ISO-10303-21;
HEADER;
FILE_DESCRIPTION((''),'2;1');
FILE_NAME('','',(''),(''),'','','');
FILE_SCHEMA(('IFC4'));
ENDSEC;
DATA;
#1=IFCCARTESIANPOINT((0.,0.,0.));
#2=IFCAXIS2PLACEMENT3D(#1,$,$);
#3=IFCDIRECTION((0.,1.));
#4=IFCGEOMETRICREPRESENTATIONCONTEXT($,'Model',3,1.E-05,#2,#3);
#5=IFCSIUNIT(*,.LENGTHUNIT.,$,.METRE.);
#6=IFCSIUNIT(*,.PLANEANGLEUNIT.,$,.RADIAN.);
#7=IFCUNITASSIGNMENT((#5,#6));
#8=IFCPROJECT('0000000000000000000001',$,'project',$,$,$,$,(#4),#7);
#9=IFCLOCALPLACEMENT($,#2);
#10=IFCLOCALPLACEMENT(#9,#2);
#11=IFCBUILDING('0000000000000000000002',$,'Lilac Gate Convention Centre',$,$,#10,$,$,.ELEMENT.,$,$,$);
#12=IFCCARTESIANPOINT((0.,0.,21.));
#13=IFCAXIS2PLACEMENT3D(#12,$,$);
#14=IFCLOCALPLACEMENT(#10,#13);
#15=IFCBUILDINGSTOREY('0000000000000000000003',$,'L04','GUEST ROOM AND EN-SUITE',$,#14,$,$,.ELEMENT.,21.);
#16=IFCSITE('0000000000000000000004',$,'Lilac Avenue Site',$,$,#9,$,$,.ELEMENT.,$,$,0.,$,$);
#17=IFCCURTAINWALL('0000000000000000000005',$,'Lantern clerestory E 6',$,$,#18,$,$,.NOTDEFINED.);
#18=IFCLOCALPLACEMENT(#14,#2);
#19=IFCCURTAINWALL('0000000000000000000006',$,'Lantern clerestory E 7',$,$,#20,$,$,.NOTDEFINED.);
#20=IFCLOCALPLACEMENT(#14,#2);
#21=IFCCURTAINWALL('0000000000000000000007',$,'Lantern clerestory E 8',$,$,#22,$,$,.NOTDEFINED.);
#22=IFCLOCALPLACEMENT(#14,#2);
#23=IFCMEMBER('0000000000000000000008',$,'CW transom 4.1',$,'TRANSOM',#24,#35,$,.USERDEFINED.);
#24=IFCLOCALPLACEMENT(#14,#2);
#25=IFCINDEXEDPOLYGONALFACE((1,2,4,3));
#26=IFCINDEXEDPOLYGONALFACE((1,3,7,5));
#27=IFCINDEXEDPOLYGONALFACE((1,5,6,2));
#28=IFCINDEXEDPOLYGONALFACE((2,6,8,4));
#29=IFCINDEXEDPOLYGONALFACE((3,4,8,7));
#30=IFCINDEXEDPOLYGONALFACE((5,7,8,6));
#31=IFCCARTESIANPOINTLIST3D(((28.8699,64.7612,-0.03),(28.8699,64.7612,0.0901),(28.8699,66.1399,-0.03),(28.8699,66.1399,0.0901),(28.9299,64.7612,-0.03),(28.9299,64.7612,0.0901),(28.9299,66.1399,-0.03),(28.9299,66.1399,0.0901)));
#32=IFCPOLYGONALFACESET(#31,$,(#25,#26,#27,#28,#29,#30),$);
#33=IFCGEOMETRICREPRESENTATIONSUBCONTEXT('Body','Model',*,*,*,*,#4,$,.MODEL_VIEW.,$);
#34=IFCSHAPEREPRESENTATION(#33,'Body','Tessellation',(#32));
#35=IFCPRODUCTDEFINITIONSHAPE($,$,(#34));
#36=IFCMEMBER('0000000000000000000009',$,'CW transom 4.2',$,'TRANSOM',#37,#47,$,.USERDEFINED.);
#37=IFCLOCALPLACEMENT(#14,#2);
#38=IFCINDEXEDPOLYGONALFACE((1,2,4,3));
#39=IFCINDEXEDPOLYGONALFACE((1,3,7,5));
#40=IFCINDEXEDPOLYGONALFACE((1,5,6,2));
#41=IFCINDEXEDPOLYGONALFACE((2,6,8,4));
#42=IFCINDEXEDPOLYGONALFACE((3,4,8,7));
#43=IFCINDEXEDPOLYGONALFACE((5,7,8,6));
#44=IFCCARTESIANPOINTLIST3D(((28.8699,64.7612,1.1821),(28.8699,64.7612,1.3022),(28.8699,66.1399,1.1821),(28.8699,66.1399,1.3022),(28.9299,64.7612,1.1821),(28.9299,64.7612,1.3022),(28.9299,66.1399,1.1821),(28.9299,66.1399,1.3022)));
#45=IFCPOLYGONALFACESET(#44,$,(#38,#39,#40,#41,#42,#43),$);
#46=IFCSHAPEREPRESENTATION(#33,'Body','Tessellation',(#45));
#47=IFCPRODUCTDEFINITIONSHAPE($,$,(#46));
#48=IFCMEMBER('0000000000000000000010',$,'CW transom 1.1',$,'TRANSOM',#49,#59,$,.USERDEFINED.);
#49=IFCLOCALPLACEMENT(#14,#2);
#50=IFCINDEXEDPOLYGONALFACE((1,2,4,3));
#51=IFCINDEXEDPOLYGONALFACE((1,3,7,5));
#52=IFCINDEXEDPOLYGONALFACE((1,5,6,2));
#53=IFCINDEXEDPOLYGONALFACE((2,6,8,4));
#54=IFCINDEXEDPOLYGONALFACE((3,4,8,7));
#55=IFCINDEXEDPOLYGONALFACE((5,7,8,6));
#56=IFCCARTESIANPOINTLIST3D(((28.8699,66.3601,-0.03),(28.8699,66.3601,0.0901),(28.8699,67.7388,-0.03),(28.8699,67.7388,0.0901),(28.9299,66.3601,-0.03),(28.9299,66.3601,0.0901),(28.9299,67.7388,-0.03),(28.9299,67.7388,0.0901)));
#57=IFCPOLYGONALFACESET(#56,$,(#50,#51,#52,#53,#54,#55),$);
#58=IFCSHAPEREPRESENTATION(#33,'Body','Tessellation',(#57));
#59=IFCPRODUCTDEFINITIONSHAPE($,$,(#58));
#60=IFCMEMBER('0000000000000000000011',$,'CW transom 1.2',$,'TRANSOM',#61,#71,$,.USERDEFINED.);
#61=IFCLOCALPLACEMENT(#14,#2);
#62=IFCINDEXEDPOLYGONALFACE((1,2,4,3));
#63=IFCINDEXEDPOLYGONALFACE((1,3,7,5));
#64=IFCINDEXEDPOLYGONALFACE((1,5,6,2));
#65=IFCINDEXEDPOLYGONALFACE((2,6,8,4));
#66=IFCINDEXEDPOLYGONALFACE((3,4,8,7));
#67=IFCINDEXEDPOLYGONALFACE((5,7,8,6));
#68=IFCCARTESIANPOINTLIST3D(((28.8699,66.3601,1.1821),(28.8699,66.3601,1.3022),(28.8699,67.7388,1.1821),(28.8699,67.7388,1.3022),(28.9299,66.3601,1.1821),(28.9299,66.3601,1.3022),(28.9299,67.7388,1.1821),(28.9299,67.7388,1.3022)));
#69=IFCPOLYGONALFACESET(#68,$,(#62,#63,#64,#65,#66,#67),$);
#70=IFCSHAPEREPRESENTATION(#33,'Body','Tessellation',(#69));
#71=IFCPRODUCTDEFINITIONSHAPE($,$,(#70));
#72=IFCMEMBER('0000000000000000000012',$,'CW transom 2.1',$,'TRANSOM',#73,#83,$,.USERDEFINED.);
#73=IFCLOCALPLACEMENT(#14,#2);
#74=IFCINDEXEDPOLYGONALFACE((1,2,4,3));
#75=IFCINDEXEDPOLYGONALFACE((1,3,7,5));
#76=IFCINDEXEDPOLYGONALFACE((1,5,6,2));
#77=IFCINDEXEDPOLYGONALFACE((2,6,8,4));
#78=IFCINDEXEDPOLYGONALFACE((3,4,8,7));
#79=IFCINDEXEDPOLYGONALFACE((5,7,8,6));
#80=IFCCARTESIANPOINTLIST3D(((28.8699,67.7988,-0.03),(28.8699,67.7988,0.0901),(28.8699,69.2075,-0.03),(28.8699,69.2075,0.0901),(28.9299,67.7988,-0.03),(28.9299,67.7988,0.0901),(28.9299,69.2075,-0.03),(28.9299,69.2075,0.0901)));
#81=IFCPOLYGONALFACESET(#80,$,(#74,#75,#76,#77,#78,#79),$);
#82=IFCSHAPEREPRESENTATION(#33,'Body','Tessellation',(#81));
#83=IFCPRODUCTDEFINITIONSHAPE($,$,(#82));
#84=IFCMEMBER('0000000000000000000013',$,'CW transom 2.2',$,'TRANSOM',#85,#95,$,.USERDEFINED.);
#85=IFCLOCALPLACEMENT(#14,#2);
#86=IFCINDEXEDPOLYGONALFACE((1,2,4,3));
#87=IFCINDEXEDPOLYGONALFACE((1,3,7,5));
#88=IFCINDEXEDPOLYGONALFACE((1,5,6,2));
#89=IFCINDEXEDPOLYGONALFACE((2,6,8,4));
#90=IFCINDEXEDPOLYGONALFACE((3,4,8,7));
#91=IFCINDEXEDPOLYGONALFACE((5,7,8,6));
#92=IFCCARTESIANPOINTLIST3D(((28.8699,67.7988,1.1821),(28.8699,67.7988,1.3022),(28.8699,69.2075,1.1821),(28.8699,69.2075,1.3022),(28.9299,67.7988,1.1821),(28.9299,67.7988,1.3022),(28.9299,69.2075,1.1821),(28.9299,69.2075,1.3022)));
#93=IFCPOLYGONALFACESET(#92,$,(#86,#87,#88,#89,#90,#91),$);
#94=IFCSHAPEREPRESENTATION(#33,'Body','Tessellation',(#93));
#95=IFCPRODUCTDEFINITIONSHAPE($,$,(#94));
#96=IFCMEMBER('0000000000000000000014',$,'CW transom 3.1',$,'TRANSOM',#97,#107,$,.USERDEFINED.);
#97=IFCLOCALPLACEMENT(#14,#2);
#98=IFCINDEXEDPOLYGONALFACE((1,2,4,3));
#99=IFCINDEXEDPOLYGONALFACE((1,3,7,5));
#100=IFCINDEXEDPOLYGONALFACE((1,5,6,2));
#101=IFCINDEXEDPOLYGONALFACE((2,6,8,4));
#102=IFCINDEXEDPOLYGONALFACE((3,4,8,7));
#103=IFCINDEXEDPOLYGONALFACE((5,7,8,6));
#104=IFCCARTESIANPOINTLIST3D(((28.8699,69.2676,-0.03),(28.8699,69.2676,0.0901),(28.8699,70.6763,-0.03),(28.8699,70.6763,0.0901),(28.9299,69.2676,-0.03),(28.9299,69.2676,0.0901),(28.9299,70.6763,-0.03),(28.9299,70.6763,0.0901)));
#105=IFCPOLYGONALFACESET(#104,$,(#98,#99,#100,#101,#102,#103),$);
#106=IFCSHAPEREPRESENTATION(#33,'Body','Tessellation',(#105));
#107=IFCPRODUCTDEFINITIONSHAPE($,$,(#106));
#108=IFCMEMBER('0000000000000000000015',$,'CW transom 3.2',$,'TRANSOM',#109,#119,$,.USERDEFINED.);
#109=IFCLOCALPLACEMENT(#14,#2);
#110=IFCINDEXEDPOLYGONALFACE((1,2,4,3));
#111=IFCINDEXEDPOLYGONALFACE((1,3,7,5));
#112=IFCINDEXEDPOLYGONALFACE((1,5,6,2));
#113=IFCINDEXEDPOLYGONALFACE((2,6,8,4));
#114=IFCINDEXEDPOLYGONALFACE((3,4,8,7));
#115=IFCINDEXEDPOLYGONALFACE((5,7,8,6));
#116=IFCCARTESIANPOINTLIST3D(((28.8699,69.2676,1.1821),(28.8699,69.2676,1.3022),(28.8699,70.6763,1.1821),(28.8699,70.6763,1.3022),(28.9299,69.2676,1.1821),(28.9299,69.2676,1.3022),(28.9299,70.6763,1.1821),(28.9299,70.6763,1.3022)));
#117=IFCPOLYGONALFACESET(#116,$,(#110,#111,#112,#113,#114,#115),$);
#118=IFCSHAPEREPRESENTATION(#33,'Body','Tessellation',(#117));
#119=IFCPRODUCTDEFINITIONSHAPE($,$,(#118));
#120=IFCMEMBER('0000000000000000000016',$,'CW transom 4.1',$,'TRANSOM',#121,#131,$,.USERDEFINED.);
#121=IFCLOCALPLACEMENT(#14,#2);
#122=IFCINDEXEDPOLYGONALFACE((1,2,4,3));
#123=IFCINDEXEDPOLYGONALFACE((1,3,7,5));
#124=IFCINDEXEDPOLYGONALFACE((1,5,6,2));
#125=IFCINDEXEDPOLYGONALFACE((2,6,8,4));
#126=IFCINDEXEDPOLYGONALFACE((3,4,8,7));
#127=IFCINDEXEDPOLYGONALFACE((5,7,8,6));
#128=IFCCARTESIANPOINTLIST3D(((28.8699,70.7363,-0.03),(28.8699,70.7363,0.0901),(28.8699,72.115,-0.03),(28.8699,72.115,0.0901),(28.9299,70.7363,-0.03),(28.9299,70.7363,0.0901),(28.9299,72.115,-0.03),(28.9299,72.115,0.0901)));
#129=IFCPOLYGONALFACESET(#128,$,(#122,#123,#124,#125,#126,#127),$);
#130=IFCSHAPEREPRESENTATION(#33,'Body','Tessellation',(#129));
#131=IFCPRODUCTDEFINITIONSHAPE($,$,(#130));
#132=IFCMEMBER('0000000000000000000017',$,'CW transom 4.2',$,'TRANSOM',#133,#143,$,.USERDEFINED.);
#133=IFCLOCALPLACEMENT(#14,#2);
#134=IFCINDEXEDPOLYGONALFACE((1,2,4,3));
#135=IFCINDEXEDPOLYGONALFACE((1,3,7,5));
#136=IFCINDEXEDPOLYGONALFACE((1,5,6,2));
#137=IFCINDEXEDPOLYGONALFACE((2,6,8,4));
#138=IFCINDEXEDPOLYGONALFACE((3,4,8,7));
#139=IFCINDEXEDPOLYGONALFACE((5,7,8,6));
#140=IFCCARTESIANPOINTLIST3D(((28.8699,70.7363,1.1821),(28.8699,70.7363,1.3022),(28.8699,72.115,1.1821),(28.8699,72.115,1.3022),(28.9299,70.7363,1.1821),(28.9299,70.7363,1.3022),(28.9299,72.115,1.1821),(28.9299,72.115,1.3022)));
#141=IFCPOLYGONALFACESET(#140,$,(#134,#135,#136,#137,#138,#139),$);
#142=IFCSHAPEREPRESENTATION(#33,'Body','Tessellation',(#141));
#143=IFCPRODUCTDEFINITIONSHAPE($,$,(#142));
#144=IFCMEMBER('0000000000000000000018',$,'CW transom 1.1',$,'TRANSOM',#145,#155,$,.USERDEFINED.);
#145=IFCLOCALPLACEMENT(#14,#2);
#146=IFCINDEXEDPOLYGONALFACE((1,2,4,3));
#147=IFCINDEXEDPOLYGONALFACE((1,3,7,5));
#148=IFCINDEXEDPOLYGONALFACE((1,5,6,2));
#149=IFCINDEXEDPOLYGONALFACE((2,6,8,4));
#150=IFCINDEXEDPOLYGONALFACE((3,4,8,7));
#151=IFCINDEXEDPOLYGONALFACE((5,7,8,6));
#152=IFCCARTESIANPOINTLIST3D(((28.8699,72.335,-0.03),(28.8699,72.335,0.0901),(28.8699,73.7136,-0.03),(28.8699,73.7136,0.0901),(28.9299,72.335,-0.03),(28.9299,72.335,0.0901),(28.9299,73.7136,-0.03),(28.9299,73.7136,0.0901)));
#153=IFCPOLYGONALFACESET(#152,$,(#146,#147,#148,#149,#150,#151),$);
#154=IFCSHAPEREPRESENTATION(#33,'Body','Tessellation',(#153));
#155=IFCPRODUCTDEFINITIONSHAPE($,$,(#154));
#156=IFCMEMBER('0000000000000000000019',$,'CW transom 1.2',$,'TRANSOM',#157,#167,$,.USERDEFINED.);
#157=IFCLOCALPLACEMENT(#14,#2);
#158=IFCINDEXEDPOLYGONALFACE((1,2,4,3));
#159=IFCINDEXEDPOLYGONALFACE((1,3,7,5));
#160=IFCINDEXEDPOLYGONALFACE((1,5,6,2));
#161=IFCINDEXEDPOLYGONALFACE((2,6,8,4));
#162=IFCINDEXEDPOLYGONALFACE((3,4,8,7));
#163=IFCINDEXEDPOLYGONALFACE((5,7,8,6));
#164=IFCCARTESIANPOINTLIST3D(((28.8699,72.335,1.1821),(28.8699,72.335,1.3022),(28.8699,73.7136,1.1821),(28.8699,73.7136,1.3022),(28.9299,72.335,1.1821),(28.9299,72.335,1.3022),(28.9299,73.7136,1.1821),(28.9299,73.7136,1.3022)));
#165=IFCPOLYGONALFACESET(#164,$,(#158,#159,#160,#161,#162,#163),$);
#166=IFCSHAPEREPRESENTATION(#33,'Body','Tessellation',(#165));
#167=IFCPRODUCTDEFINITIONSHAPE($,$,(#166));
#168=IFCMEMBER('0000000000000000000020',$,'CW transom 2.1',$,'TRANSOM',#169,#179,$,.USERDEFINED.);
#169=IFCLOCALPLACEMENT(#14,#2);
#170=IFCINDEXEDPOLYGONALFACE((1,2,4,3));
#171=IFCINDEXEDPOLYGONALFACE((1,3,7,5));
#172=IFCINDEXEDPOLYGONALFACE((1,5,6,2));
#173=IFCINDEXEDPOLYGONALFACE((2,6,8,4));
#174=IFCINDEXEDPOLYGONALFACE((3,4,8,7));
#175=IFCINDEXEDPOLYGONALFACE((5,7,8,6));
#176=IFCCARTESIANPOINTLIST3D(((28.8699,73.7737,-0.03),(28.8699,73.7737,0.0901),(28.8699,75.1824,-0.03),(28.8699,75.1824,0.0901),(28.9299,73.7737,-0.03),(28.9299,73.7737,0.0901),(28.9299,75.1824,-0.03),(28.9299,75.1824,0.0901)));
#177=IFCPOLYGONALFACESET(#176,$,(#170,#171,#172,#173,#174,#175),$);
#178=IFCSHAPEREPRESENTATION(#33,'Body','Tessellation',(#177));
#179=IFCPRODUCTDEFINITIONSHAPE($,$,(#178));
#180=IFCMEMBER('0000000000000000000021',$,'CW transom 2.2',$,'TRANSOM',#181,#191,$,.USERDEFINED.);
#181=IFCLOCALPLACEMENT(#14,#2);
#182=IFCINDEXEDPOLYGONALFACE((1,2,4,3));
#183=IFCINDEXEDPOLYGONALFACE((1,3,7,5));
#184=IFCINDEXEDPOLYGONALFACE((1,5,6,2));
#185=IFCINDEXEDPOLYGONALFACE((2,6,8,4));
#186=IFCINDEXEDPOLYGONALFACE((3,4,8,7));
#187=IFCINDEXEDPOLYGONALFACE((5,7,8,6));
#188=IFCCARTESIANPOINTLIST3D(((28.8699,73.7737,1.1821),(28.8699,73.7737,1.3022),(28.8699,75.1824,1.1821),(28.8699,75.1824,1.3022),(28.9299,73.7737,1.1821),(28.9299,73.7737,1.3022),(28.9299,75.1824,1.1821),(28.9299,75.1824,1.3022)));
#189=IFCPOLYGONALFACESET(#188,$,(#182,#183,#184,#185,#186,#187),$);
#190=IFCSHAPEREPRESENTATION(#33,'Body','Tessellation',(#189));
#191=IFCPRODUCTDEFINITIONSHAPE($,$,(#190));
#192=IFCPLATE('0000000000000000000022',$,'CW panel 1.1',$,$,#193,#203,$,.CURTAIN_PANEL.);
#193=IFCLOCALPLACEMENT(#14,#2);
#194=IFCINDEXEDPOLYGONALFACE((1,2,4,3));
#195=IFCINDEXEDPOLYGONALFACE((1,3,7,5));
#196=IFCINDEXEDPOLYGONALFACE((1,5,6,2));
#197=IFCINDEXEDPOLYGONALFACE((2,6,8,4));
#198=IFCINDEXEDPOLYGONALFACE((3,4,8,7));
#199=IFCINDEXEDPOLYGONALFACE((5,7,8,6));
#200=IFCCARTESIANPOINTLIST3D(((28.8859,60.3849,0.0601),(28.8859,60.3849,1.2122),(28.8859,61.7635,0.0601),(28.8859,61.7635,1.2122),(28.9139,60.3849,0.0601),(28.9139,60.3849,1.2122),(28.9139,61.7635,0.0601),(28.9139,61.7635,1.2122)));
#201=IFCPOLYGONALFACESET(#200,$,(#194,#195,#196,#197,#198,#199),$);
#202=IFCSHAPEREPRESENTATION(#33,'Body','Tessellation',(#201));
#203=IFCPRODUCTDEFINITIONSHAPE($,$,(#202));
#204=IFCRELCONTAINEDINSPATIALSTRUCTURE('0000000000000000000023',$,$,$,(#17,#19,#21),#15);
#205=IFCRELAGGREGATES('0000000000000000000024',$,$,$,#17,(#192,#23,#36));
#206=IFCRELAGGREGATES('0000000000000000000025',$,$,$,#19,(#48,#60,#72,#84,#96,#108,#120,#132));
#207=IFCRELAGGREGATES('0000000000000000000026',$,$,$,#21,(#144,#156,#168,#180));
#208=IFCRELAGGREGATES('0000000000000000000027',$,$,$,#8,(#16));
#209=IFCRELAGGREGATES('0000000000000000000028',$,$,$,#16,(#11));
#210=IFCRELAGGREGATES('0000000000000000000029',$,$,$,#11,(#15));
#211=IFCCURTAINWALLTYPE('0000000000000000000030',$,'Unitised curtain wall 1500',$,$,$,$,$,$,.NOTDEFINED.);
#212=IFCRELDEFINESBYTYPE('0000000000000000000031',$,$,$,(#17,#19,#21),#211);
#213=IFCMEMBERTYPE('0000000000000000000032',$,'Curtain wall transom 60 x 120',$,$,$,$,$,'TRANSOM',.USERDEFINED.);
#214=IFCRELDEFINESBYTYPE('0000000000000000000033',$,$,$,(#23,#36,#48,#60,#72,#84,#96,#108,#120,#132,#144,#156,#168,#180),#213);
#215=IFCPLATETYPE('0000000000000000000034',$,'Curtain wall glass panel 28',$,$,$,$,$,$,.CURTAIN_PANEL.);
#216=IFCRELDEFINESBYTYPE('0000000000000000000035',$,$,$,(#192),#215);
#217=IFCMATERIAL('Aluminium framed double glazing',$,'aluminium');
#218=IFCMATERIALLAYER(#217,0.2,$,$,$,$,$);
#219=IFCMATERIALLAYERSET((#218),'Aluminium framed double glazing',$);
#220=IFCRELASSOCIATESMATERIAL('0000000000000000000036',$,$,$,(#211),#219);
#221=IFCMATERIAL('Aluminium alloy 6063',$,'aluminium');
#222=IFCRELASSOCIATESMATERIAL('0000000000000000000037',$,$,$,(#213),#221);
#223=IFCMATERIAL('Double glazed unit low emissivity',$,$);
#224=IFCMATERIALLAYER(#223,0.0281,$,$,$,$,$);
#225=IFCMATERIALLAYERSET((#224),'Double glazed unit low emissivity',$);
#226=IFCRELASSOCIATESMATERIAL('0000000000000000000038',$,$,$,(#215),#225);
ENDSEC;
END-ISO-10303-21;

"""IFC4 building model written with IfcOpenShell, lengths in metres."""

from ifc_helpers import new_model, si_unit, direction, frame, origin, origin_2d, place, context, subcontext, project, spatial, rectangle, extrude, material, layer, layer_set, material_profile, profile_set, type_object, element, aggregate, save


model = new_model("IFC4")

# Units and contexts
model_context = context("Model", 3, precision=1e-05, world=origin(), true_north=direction((0.0, 1.0)))
body_context = subcontext(model_context, "Body", "Model", "MODEL_VIEW")
ifc_project = project(units=[si_unit("LENGTHUNIT", "METRE"), si_unit("PLANEANGLEUNIT", "RADIAN")], contexts=[model_context])

# Site, building, storey
site_placement = place(None, origin())
site = spatial("IfcSite", under=ifc_project, at=site_placement, Name="Lilac Avenue Site", CompositionType="ELEMENT", RefElevation=0.0)
building_placement = place(site_placement, origin())
building = spatial("IfcBuilding", under=site, at=building_placement, Name="Lilac Gate Convention Centre", CompositionType="ELEMENT")
storey_placement = place(building_placement, frame((0.0, 0.0, 21.0)))
storey = spatial("IfcBuildingStorey", under=building, at=storey_placement, Name="L04", Description="GUEST ROOM AND EN-SUITE", CompositionType="ELEMENT", Elevation=21.0)

# Curtain walls
ifc_material_1 = material(Name="Aluminium framed double glazing", Category="aluminium")
ifc_layer_1 = layer(ifc_material_1, 0.2)
ifc_layer_set_1 = layer_set([ifc_layer_1], Name="Aluminium framed double glazing")
curtain_wall_type = type_object("IfcCurtainWallType", Name="Unitised curtain wall 1500", PredefinedType="NOTDEFINED", material=ifc_layer_set_1)
curtain_wall_1_placement = place(storey_placement, origin())
curtain_wall_1 = element("IfcCurtainWall", 1, at=curtain_wall_1_placement, inside=storey, type_object=curtain_wall_type, Name="Lantern clerestory E 6", PredefinedType="NOTDEFINED")
ifc_material_2 = material(Name="Aluminium alloy 6063", Category="aluminium")
curtain_wall_2_placement = place(storey_placement, origin())
curtain_wall_2 = element("IfcCurtainWall", 2, at=curtain_wall_2_placement, inside=storey, type_object=curtain_wall_type, Name="Lantern clerestory E 7", PredefinedType="NOTDEFINED")
curtain_wall_3_placement = place(storey_placement, origin())
curtain_wall_3 = element("IfcCurtainWall", 3, at=curtain_wall_3_placement, inside=storey, type_object=curtain_wall_type, Name="Lantern clerestory E 8", PredefinedType="NOTDEFINED")

# Members
ifc_material_profile_1 = material_profile(ifc_material_2, rectangle(XDim=0.0601, YDim=0.1201, at=origin_2d()), Name="Curtain wall transom 60 x 120")
ifc_profile_set_1 = profile_set([ifc_material_profile_1], Name="Aluminium alloy 6063")
member_type_1 = type_object("IfcMemberType", Name="Curtain wall transom 60 x 120", ElementType="TRANSOM", PredefinedType="USERDEFINED", material=ifc_profile_set_1)
member_1_placement = place(storey_placement, frame((28.8999, 64.7612, 0.03), z_axis=(0.0, 1.0, 0.0), x_axis=(-1.0, 0.0, 0.0)))
member_1 = element("IfcMember", 4, at=member_1_placement, type_object=member_type_1, Name="CW transom 4.1", ObjectType="TRANSOM", PredefinedType="USERDEFINED", context=body_context, shape_type="SweptSolid", body=[
    extrude(rectangle(XDim=0.0601, YDim=0.1201, at=origin_2d()), origin(), (0.0, 0.0, 1.0), 1.3787),
])
member_2_placement = place(storey_placement, frame((28.8999, 64.7612, 1.2422), z_axis=(0.0, 1.0, 0.0), x_axis=(-1.0, 0.0, 0.0)))
member_2 = element("IfcMember", 5, at=member_2_placement, type_object=member_type_1, Name="CW transom 4.2", ObjectType="TRANSOM", PredefinedType="USERDEFINED", context=body_context, shape_type="SweptSolid", body=[
    extrude(rectangle(XDim=0.0601, YDim=0.1201, at=origin_2d()), origin(), (0.0, 0.0, 1.0), 1.3787),
])
member_3_placement = place(storey_placement, frame((28.8999, 66.3601, 0.03), z_axis=(0.0, 1.0, 0.0), x_axis=(-1.0, 0.0, 0.0)))
member_3 = element("IfcMember", 6, at=member_3_placement, type_object=member_type_1, Name="CW transom 1.1", ObjectType="TRANSOM", PredefinedType="USERDEFINED", context=body_context, shape_type="SweptSolid", body=[
    extrude(rectangle(XDim=0.0601, YDim=0.1201, at=origin_2d()), origin(), (0.0, 0.0, 1.0), 1.3787),
])
member_4_placement = place(storey_placement, frame((28.8999, 66.3601, 1.2422), z_axis=(0.0, 1.0, 0.0), x_axis=(-1.0, 0.0, 0.0)))
member_4 = element("IfcMember", 7, at=member_4_placement, type_object=member_type_1, Name="CW transom 1.2", ObjectType="TRANSOM", PredefinedType="USERDEFINED", context=body_context, shape_type="SweptSolid", body=[
    extrude(rectangle(XDim=0.0601, YDim=0.1201, at=origin_2d()), origin(), (0.0, 0.0, 1.0), 1.3787),
])
member_5_placement = place(storey_placement, frame((28.8999, 67.7988, 0.03), z_axis=(0.0, 1.0, 0.0), x_axis=(-1.0, 0.0, 0.0)))
member_5 = element("IfcMember", 8, at=member_5_placement, type_object=member_type_1, Name="CW transom 2.1", ObjectType="TRANSOM", PredefinedType="USERDEFINED", context=body_context, shape_type="SweptSolid", body=[
    extrude(rectangle(XDim=0.0601, YDim=0.1201, at=origin_2d()), origin(), (0.0, 0.0, 1.0), 1.4087),
])
member_6_placement = place(storey_placement, frame((28.8999, 67.7988, 1.2422), z_axis=(0.0, 1.0, 0.0), x_axis=(-1.0, 0.0, 0.0)))
member_6 = element("IfcMember", 9, at=member_6_placement, type_object=member_type_1, Name="CW transom 2.2", ObjectType="TRANSOM", PredefinedType="USERDEFINED", context=body_context, shape_type="SweptSolid", body=[
    extrude(rectangle(XDim=0.0601, YDim=0.1201, at=origin_2d()), origin(), (0.0, 0.0, 1.0), 1.4087),
])
member_7_placement = place(storey_placement, frame((28.8999, 69.2676, 0.03), z_axis=(0.0, 1.0, 0.0), x_axis=(-1.0, 0.0, 0.0)))
member_7 = element("IfcMember", 10, at=member_7_placement, type_object=member_type_1, Name="CW transom 3.1", ObjectType="TRANSOM", PredefinedType="USERDEFINED", context=body_context, shape_type="SweptSolid", body=[
    extrude(rectangle(XDim=0.0601, YDim=0.1201, at=origin_2d()), origin(), (0.0, 0.0, 1.0), 1.4087),
])
member_8_placement = place(storey_placement, frame((28.8999, 69.2676, 1.2422), z_axis=(0.0, 1.0, 0.0), x_axis=(-1.0, 0.0, 0.0)))
member_8 = element("IfcMember", 11, at=member_8_placement, type_object=member_type_1, Name="CW transom 3.2", ObjectType="TRANSOM", PredefinedType="USERDEFINED", context=body_context, shape_type="SweptSolid", body=[
    extrude(rectangle(XDim=0.0601, YDim=0.1201, at=origin_2d()), origin(), (0.0, 0.0, 1.0), 1.4087),
])
member_9_placement = place(storey_placement, frame((28.8999, 70.7363, 0.03), z_axis=(0.0, 1.0, 0.0), x_axis=(-1.0, 0.0, 0.0)))
member_9 = element("IfcMember", 12, at=member_9_placement, type_object=member_type_1, Name="CW transom 4.1", ObjectType="TRANSOM", PredefinedType="USERDEFINED", context=body_context, shape_type="SweptSolid", body=[
    extrude(rectangle(XDim=0.0601, YDim=0.1201, at=origin_2d()), origin(), (0.0, 0.0, 1.0), 1.3787),
])
member_10_placement = place(storey_placement, frame((28.8999, 70.7363, 1.2422), z_axis=(0.0, 1.0, 0.0), x_axis=(-1.0, 0.0, 0.0)))
member_10 = element("IfcMember", 13, at=member_10_placement, type_object=member_type_1, Name="CW transom 4.2", ObjectType="TRANSOM", PredefinedType="USERDEFINED", context=body_context, shape_type="SweptSolid", body=[
    extrude(rectangle(XDim=0.0601, YDim=0.1201, at=origin_2d()), origin(), (0.0, 0.0, 1.0), 1.3787),
])
member_11_placement = place(storey_placement, frame((28.8999, 72.335, 0.03), z_axis=(0.0, 1.0, 0.0), x_axis=(-1.0, 0.0, 0.0)))
member_11 = element("IfcMember", 14, at=member_11_placement, type_object=member_type_1, Name="CW transom 1.1", ObjectType="TRANSOM", PredefinedType="USERDEFINED", context=body_context, shape_type="SweptSolid", body=[
    extrude(rectangle(XDim=0.0601, YDim=0.1201, at=origin_2d()), origin(), (0.0, 0.0, 1.0), 1.3787),
])
member_12_placement = place(storey_placement, frame((28.8999, 72.335, 1.2422), z_axis=(0.0, 1.0, 0.0), x_axis=(-1.0, 0.0, 0.0)))
member_12 = element("IfcMember", 15, at=member_12_placement, type_object=member_type_1, Name="CW transom 1.2", ObjectType="TRANSOM", PredefinedType="USERDEFINED", context=body_context, shape_type="SweptSolid", body=[
    extrude(rectangle(XDim=0.0601, YDim=0.1201, at=origin_2d()), origin(), (0.0, 0.0, 1.0), 1.3787),
])
member_13_placement = place(storey_placement, frame((28.8999, 73.7737, 0.03), z_axis=(0.0, 1.0, 0.0), x_axis=(-1.0, 0.0, 0.0)))
member_13 = element("IfcMember", 16, at=member_13_placement, type_object=member_type_1, Name="CW transom 2.1", ObjectType="TRANSOM", PredefinedType="USERDEFINED", context=body_context, shape_type="SweptSolid", body=[
    extrude(rectangle(XDim=0.0601, YDim=0.1201, at=origin_2d()), origin(), (0.0, 0.0, 1.0), 1.4087),
])
member_14_placement = place(storey_placement, frame((28.8999, 73.7737, 1.2422), z_axis=(0.0, 1.0, 0.0), x_axis=(-1.0, 0.0, 0.0)))
member_14 = element("IfcMember", 17, at=member_14_placement, type_object=member_type_1, Name="CW transom 2.2", ObjectType="TRANSOM", PredefinedType="USERDEFINED", context=body_context, shape_type="SweptSolid", body=[
    extrude(rectangle(XDim=0.0601, YDim=0.1201, at=origin_2d()), origin(), (0.0, 0.0, 1.0), 1.4087),
])

# Plate
ifc_material_3 = material(Name="Double glazed unit low emissivity")
ifc_layer_2 = layer(ifc_material_3, 0.0281)
ifc_layer_set_2 = layer_set([ifc_layer_2], Name="Double glazed unit low emissivity")
plate_type = type_object("IfcPlateType", Name="Curtain wall glass panel 28", PredefinedType="CURTAIN_PANEL", material=ifc_layer_set_2)
plate_1_placement = place(storey_placement, frame((28.8999, 61.0742, 0.0601), z_axis=(0.0, 0.0, 1.0), x_axis=(0.0, 1.0, 0.0)))
plate_1 = element("IfcPlate", 18, at=plate_1_placement, type_object=plate_type, Name="CW panel 1.1", PredefinedType="CURTAIN_PANEL", context=body_context, shape_type="SweptSolid", body=[
    extrude(rectangle(XDim=1.3787, YDim=0.0281, at=origin_2d()), origin(), (0.0, 0.0, 1.0), 1.1521),
])
aggregate(curtain_wall_1, [plate_1, member_1, member_2])
aggregate(curtain_wall_2, [member_3, member_4, member_5, member_6, member_7, member_8, member_9, member_10])
aggregate(curtain_wall_3, [member_11, member_12, member_13, member_14])

save(model, "model.ifc")
